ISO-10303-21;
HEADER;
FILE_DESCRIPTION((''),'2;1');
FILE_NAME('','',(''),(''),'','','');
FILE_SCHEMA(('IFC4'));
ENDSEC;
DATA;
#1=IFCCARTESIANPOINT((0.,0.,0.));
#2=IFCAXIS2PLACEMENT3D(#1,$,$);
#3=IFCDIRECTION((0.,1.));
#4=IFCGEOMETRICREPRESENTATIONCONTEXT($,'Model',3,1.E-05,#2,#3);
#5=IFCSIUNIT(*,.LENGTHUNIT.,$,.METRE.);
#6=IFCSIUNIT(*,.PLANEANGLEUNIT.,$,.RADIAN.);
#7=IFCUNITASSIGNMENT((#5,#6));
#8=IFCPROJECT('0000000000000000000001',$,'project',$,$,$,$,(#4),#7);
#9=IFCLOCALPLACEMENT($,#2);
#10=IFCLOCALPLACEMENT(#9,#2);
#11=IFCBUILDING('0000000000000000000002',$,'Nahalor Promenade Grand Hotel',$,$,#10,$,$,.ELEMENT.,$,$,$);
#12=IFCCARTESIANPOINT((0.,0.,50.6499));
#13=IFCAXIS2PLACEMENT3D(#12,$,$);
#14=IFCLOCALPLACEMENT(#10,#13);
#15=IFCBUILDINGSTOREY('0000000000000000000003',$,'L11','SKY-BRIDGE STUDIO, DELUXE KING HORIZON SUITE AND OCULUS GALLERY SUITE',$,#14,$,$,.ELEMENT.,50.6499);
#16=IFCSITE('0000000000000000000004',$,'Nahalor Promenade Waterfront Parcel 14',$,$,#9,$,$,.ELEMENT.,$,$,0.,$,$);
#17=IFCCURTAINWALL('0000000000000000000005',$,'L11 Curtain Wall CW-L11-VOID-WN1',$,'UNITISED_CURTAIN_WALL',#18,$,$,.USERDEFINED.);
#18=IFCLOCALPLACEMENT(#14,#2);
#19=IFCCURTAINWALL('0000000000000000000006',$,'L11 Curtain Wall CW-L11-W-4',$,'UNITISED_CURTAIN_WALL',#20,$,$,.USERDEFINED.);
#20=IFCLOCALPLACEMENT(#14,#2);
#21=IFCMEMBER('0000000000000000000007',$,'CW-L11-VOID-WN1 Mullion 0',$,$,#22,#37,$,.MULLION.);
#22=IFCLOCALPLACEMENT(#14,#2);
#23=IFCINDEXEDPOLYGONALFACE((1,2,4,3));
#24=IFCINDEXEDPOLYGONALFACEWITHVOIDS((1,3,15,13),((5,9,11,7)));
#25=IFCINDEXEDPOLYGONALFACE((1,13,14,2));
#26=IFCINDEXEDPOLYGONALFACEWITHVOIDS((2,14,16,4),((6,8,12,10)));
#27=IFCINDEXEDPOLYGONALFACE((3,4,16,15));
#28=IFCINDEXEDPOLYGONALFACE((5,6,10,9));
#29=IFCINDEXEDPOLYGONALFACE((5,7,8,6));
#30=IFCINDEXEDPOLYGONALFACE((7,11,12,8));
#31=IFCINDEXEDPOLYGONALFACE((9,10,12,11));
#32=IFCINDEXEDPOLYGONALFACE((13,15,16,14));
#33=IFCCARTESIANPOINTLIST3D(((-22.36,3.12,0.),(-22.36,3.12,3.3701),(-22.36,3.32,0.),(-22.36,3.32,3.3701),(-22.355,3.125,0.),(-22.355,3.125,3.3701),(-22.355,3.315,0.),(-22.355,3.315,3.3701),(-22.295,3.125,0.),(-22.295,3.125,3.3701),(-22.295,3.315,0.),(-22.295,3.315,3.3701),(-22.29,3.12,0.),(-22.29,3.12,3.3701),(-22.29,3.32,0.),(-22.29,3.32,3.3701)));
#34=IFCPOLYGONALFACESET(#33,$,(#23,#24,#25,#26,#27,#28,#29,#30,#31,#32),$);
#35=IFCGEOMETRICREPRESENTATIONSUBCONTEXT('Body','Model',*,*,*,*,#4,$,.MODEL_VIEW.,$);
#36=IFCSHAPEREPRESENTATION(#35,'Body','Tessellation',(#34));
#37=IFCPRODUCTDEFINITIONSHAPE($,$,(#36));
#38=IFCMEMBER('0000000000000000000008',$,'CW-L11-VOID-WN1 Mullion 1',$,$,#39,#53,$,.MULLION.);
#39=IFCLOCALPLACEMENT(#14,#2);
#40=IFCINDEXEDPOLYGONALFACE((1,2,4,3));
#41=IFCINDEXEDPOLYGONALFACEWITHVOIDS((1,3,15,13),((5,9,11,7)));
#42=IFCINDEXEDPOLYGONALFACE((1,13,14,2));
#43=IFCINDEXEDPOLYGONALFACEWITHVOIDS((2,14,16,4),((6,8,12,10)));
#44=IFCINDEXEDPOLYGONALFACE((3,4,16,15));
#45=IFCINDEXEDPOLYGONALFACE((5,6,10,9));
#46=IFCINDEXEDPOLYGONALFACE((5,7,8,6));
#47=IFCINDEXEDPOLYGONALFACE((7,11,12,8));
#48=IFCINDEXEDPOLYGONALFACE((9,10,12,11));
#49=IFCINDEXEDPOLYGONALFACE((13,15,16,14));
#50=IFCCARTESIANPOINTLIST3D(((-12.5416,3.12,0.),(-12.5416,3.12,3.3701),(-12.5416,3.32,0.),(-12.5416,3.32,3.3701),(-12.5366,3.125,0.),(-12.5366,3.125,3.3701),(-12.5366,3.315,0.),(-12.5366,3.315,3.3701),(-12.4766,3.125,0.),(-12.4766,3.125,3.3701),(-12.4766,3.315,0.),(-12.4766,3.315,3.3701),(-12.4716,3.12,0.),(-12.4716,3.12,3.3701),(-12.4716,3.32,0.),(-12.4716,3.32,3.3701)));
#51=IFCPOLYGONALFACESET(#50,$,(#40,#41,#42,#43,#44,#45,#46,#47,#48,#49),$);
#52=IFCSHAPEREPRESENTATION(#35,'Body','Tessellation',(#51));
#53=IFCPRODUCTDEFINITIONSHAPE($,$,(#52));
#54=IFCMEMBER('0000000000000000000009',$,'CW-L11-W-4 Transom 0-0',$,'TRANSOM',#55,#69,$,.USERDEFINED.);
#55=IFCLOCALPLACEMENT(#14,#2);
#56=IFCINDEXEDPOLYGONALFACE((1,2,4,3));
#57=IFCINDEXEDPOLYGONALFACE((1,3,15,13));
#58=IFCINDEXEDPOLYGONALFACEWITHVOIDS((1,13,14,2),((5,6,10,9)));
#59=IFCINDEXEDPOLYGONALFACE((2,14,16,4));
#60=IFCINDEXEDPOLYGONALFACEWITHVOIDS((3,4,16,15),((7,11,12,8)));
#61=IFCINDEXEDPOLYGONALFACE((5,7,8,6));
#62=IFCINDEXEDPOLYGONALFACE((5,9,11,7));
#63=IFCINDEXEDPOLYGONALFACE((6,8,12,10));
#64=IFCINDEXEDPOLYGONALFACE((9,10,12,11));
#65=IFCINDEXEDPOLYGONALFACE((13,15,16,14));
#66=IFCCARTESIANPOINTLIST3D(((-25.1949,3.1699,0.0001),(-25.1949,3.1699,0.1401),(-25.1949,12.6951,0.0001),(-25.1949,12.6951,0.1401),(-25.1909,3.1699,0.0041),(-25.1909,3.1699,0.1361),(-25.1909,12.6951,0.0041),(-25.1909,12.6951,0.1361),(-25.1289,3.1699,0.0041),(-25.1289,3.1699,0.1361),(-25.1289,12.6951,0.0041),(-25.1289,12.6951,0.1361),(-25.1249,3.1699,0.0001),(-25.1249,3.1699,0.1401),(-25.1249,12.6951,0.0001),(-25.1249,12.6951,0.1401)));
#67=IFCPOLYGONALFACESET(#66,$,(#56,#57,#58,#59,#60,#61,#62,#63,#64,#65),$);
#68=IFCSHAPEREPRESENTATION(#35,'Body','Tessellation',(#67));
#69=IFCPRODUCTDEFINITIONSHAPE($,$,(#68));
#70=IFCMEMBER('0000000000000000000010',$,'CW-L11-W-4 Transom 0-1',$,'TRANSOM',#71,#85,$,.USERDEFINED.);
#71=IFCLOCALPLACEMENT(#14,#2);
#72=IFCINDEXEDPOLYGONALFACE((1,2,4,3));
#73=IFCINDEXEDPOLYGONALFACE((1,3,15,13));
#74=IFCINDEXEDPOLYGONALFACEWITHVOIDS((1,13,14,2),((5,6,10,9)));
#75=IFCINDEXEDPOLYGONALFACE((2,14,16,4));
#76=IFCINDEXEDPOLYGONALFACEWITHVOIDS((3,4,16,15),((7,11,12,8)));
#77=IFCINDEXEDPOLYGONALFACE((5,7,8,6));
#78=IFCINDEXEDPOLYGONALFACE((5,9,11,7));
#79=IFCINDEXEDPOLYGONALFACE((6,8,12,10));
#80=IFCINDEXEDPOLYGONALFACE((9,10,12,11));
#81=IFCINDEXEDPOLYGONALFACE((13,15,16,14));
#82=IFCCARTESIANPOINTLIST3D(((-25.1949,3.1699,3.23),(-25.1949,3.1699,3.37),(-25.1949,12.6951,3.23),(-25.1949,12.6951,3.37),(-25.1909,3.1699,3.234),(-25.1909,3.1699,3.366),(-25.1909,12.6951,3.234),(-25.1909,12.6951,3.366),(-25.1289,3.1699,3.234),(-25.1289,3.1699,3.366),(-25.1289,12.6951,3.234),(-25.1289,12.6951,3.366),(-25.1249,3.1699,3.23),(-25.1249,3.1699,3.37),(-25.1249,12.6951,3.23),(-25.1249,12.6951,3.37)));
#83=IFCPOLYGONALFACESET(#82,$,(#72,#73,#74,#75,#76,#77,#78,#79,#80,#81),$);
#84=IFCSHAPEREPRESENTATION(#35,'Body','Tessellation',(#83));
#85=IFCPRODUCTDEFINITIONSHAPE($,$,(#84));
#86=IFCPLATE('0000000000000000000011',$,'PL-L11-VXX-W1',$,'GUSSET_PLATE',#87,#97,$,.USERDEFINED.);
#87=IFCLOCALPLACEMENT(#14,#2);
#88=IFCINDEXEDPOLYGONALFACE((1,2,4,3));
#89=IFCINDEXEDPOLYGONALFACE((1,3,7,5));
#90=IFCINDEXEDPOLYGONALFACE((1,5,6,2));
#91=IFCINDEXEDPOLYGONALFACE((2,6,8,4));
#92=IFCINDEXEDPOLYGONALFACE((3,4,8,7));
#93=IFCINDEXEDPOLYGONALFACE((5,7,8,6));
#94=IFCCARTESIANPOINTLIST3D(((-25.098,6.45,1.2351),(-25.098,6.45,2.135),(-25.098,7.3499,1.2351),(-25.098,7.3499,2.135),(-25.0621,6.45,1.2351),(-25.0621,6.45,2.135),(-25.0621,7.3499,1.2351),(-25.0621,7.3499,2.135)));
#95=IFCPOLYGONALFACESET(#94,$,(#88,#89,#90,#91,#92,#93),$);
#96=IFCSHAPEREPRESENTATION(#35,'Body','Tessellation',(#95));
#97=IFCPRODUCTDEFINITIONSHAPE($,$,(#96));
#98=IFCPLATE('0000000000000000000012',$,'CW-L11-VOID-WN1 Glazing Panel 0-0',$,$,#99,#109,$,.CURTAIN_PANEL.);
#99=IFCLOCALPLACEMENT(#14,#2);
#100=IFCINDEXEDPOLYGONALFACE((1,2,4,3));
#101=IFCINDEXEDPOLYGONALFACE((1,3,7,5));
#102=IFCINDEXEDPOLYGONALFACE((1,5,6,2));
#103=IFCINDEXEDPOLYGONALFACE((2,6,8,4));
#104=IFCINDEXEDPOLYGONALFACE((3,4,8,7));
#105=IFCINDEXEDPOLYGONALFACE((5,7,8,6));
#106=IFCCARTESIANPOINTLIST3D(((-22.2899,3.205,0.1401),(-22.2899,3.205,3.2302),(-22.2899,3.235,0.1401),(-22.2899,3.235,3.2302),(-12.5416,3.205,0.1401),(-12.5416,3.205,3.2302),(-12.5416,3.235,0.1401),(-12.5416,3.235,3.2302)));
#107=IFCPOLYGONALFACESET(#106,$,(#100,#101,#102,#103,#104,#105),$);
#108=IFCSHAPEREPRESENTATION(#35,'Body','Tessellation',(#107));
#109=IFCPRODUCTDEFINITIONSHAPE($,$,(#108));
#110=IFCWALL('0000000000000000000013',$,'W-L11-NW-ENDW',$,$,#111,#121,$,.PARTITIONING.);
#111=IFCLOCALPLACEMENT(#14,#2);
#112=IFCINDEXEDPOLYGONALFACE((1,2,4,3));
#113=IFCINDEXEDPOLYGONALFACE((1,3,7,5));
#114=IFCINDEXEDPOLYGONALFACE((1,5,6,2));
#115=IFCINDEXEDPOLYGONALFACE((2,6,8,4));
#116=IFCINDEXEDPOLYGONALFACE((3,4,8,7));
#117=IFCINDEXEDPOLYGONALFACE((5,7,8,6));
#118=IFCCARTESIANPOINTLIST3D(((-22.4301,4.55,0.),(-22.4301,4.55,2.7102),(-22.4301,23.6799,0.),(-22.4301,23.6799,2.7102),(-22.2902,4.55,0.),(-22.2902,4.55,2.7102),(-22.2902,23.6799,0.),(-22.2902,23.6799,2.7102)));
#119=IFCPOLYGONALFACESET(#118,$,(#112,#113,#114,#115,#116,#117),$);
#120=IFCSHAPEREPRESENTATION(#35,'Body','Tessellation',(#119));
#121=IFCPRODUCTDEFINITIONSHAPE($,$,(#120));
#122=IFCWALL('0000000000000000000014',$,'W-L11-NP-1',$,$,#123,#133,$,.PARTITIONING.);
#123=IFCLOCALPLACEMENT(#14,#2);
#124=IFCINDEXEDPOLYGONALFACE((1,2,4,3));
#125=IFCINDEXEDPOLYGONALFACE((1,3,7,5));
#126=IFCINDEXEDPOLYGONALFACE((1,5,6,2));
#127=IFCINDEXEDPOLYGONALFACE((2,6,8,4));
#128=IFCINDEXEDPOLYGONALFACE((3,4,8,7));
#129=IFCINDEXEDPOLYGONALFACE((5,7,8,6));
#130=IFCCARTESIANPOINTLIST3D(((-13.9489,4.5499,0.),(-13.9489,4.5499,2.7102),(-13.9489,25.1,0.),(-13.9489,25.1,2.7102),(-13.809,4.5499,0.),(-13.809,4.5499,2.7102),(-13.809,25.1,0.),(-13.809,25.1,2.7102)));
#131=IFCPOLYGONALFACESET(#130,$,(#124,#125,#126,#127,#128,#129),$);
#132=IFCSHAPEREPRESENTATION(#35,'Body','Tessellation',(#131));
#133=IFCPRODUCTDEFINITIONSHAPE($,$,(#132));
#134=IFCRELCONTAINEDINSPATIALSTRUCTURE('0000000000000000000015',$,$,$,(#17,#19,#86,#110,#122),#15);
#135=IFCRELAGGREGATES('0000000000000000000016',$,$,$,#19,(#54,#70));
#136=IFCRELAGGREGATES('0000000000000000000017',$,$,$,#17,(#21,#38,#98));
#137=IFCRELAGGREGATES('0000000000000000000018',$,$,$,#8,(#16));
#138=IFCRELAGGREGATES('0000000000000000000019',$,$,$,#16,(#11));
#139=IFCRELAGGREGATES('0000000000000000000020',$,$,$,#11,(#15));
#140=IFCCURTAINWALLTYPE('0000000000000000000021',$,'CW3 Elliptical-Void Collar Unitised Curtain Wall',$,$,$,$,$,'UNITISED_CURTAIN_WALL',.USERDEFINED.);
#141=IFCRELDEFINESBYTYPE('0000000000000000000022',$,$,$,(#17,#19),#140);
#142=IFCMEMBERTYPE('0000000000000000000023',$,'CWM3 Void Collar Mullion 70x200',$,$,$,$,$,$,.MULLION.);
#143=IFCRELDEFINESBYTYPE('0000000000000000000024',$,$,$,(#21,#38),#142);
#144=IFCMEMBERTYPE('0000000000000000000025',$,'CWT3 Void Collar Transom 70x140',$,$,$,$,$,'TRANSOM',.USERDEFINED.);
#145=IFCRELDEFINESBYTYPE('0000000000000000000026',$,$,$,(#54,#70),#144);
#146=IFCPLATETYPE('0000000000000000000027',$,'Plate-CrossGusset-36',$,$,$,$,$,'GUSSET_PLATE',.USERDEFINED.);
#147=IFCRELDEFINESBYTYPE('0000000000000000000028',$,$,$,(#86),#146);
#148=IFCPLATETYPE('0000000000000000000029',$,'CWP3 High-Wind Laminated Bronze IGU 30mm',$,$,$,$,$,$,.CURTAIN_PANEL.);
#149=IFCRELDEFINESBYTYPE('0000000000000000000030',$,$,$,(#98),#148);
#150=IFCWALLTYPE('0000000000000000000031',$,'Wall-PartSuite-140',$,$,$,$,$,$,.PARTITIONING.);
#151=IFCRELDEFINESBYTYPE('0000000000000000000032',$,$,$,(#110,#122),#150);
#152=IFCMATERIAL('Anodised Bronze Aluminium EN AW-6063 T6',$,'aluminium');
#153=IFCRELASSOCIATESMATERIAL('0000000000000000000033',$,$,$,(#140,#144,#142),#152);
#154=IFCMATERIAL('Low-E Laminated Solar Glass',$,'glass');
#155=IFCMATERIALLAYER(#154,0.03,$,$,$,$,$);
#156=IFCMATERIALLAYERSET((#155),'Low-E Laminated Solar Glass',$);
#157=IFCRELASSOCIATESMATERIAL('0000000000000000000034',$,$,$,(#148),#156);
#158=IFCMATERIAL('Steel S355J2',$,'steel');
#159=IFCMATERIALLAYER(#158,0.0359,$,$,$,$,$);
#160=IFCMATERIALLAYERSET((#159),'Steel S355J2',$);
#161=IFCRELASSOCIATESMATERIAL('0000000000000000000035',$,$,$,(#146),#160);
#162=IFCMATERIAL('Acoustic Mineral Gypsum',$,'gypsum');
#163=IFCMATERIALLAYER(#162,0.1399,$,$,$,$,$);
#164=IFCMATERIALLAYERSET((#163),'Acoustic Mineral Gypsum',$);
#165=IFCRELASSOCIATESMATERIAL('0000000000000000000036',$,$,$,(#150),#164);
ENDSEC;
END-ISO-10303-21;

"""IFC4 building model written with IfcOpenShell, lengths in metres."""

from ifc_helpers import new_model, si_unit, direction, frame, frame_2d, origin, origin_2d, place, context, subcontext, project, spatial, rectangle, hollow_rectangle, extrude, source, transform, mapped, material, layer, layer_set, material_profile, profile_set, type_object, element, aggregate, save


model = new_model("IFC4")

# Units and contexts
model_context = context("Model", 3, precision=1e-05, world=origin(), true_north=direction((0.0, 1.0)))
body_context = subcontext(model_context, "Body", "Model", "MODEL_VIEW")
ifc_project = project(units=[si_unit("LENGTHUNIT", "METRE"), si_unit("PLANEANGLEUNIT", "RADIAN")], contexts=[model_context])

# Site, building, storey
site_placement = place(None, origin())
site = spatial("IfcSite", under=ifc_project, at=site_placement, Name="Nahalor Promenade Waterfront Parcel 14", CompositionType="ELEMENT", RefElevation=0.0)
building_placement = place(site_placement, origin())
building = spatial("IfcBuilding", under=site, at=building_placement, Name="Nahalor Promenade Grand Hotel", CompositionType="ELEMENT")
storey_placement = place(building_placement, frame((0.0, 0.0, 50.6499)))
storey = spatial("IfcBuildingStorey", under=building, at=storey_placement, Name="L11", Description="SKY-BRIDGE STUDIO, DELUXE KING HORIZON SUITE AND OCULUS GALLERY SUITE", CompositionType="ELEMENT", Elevation=50.6499)

# Shared definitions
ifc_material_1 = material(Name="Steel S355J2", Category="steel")

# Curtain wall
ifc_material_2 = material(Name="Anodised Bronze Aluminium EN AW-6063 T6", Category="aluminium")
curtain_wall_type = type_object("IfcCurtainWallType", Name="CW3 Elliptical-Void Collar Unitised Curtain Wall", ElementType="UNITISED_CURTAIN_WALL", PredefinedType="USERDEFINED", material=ifc_material_2)
curtain_wall_1_placement = place(storey_placement, origin())
curtain_wall_1 = element("IfcCurtainWall", 1, at=curtain_wall_1_placement, inside=storey, type_object=curtain_wall_type, Name="L11 Curtain Wall CW-L11-VOID-WN1", ObjectType="UNITISED_CURTAIN_WALL", PredefinedType="USERDEFINED")
ifc_material_profile_1 = material_profile(ifc_material_2, hollow_rectangle(XDim=0.07, YDim=0.14, WallThickness=0.004, at=origin_2d()), Name="CWT 70x140x4")
ifc_profile_set_1 = profile_set([ifc_material_profile_1], Name="Anodised Bronze Aluminium EN AW-6063 T6")
member_type_1 = type_object("IfcMemberType", Name="CWT3 Void Collar Transom 70x140", ElementType="TRANSOM", PredefinedType="USERDEFINED", material=ifc_profile_set_1)

# Curtain wall
ifc_material_profile_2 = material_profile(ifc_material_2, hollow_rectangle(XDim=0.07, YDim=0.2, WallThickness=0.005, at=origin_2d()), Name="CWM 70x200x5")
ifc_profile_set_2 = profile_set([ifc_material_profile_2], Name="Anodised Bronze Aluminium EN AW-6063 T6")
member_type_2 = type_object("IfcMemberType", Name="CWM3 Void Collar Mullion 70x200", PredefinedType="MULLION", material=ifc_profile_set_2)
shared_shape_1 = source(origin(), body_context, "Body", "SweptSolid", [
    extrude(hollow_rectangle(XDim=0.07, YDim=0.2, WallThickness=0.005, at=origin_2d()), origin(), (0.0, 0.0, 1.0), 3.3701),
])
curtain_wall_2_placement = place(storey_placement, origin())
curtain_wall_2 = element("IfcCurtainWall", 2, at=curtain_wall_2_placement, inside=storey, type_object=curtain_wall_type, Name="L11 Curtain Wall CW-L11-W-4", ObjectType="UNITISED_CURTAIN_WALL", PredefinedType="USERDEFINED")

# Members
member_1_placement = place(storey_placement, frame((-22.325, 3.22, 0.0), z_axis=(0.0, 0.0, 1.0), x_axis=(1.0, 0.0, 0.0)))
member_1 = element("IfcMember", 3, at=member_1_placement, type_object=member_type_2, Name="CW-L11-VOID-WN1 Mullion 0", PredefinedType="MULLION", context=body_context, shape_type="MappedRepresentation", body=[
    mapped(shared_shape_1, transform((0.0, 0.0, 0.0), scale=1.0)),
])
member_2_placement = place(storey_placement, frame((-12.5066, 3.22, 0.0), z_axis=(0.0, 0.0, 1.0), x_axis=(1.0, 0.0, 0.0)))
member_2 = element("IfcMember", 4, at=member_2_placement, type_object=member_type_2, Name="CW-L11-VOID-WN1 Mullion 1", PredefinedType="MULLION", context=body_context, shape_type="MappedRepresentation", body=[
    mapped(shared_shape_1, transform((0.0, 0.0, 0.0), scale=1.0)),
])
shared_shape_2 = source(origin(), body_context, "Body", "SweptSolid", [
    extrude(hollow_rectangle(XDim=0.07, YDim=0.14, WallThickness=0.004, at=origin_2d()), origin(), (0.0, 0.0, 1.0), 9.5251),
])
member_3_placement = place(storey_placement, frame((-25.1599, 3.1699, 0.0701), z_axis=(0.0, 1.0, 0.0), x_axis=(-1.0, 0.0, 0.0)))
member_3 = element("IfcMember", 5, at=member_3_placement, type_object=member_type_1, Name="CW-L11-W-4 Transom 0-0", ObjectType="TRANSOM", PredefinedType="USERDEFINED", context=body_context, shape_type="MappedRepresentation", body=[
    mapped(shared_shape_2, transform((0.0, 0.0, 0.0), scale=1.0)),
])
member_4_placement = place(storey_placement, frame((-25.1599, 3.1699, 3.3), z_axis=(0.0, 1.0, 0.0), x_axis=(-1.0, 0.0, 0.0)))
member_4 = element("IfcMember", 6, at=member_4_placement, type_object=member_type_1, Name="CW-L11-W-4 Transom 0-1", ObjectType="TRANSOM", PredefinedType="USERDEFINED", context=body_context, shape_type="MappedRepresentation", body=[
    mapped(shared_shape_2, transform((0.0, 0.0, 0.0), scale=1.0)),
])

# Plates
ifc_material_3 = material(Name="Low-E Laminated Solar Glass", Category="glass")
ifc_layer_1 = layer(ifc_material_3, 0.03)
ifc_layer_set_1 = layer_set([ifc_layer_1], Name="Low-E Laminated Solar Glass")
plate_type_1 = type_object("IfcPlateType", Name="CWP3 High-Wind Laminated Bronze IGU 30mm", PredefinedType="CURTAIN_PANEL", material=ifc_layer_set_1)
aggregate(curtain_wall_2, [member_3, member_4])
ifc_layer_2 = layer(ifc_material_1, 0.0359)
ifc_layer_set_2 = layer_set([ifc_layer_2], Name="Steel S355J2")
plate_type_2 = type_object("IfcPlateType", Name="Plate-CrossGusset-36", ElementType="GUSSET_PLATE", PredefinedType="USERDEFINED", material=ifc_layer_set_2)
shared_shape_3 = source(origin(), body_context, "Body", "SweptSolid", [
    extrude(rectangle(XDim=0.8999, YDim=0.0359, at=origin_2d()), origin(), (0.0, 0.0, 1.0), 0.8999),
])
plate_1_placement = place(storey_placement, frame((-25.0801, 6.8999, 1.2351), z_axis=(0.0, 0.0, 1.0), x_axis=(0.0, 1.0, 0.0)))
element("IfcPlate", 7, at=plate_1_placement, inside=storey, type_object=plate_type_2, Name="PL-L11-VXX-W1", ObjectType="GUSSET_PLATE", PredefinedType="USERDEFINED", context=body_context, shape_type="MappedRepresentation", body=[
    mapped(shared_shape_3, transform((0.0, 0.0, 0.0), scale=1.0)),
])
shared_shape_4 = source(origin(), body_context, "Body", "SweptSolid", [
    extrude(rectangle(XDim=9.7483, YDim=0.03, at=origin_2d()), origin(), (0.0, 0.0, 1.0), 3.0901),
])
plate_2_placement = place(storey_placement, frame((-17.4158, 3.22, 0.1401), z_axis=(0.0, 0.0, 1.0), x_axis=(1.0, 0.0, 0.0)))
plate_2 = element("IfcPlate", 8, at=plate_2_placement, type_object=plate_type_1, Name="CW-L11-VOID-WN1 Glazing Panel 0-0", PredefinedType="CURTAIN_PANEL", context=body_context, shape_type="MappedRepresentation", body=[
    mapped(shared_shape_4, transform((0.0, 0.0, 0.0), scale=1.0)),
])
aggregate(curtain_wall_1, [member_1, member_2, plate_2])

# Shared definitions
ifc_material_4 = material(Name="Acoustic Mineral Gypsum", Category="gypsum")

# Walls
ifc_layer_3 = layer(ifc_material_4, 0.1399)
ifc_layer_set_3 = layer_set([ifc_layer_3], Name="Acoustic Mineral Gypsum")
wall_type_1 = type_object("IfcWallType", Name="Wall-PartSuite-140", PredefinedType="PARTITIONING", material=ifc_layer_set_3)
shared_shape_5 = source(origin(), body_context, "Body", "SweptSolid", [
    extrude(rectangle(XDim=19.1299, YDim=0.1399, at=frame_2d((9.5649, 0.0))), origin(), (0.0, 0.0, 1.0), 2.7102),
])
wall_1_placement = place(storey_placement, frame((-22.3601, 4.55, 0.0), z_axis=(0.0, 0.0, 1.0), x_axis=(0.0, 1.0, 0.0)))
element("IfcWall", 9, at=wall_1_placement, inside=storey, type_object=wall_type_1, Name="W-L11-NW-ENDW", PredefinedType="PARTITIONING", context=body_context, shape_type="MappedRepresentation", body=[
    mapped(shared_shape_5, transform((0.0, 0.0, 0.0), scale=1.0)),
])
shared_shape_6 = source(origin(), body_context, "Body", "SweptSolid", [
    extrude(rectangle(XDim=20.55, YDim=0.1399, at=frame_2d((10.2749, 0.0))), origin(), (0.0, 0.0, 1.0), 2.7102),
])
wall_2_placement = place(storey_placement, frame((-13.8789, 4.55, 0.0), z_axis=(0.0, 0.0, 1.0), x_axis=(0.0, 1.0, 0.0)))
element("IfcWall", 10, at=wall_2_placement, inside=storey, type_object=wall_type_1, Name="W-L11-NP-1", PredefinedType="PARTITIONING", context=body_context, shape_type="MappedRepresentation", body=[
    mapped(shared_shape_6, transform((0.0, 0.0, 0.0), scale=1.0)),
])

save(model, "model.ifc")
